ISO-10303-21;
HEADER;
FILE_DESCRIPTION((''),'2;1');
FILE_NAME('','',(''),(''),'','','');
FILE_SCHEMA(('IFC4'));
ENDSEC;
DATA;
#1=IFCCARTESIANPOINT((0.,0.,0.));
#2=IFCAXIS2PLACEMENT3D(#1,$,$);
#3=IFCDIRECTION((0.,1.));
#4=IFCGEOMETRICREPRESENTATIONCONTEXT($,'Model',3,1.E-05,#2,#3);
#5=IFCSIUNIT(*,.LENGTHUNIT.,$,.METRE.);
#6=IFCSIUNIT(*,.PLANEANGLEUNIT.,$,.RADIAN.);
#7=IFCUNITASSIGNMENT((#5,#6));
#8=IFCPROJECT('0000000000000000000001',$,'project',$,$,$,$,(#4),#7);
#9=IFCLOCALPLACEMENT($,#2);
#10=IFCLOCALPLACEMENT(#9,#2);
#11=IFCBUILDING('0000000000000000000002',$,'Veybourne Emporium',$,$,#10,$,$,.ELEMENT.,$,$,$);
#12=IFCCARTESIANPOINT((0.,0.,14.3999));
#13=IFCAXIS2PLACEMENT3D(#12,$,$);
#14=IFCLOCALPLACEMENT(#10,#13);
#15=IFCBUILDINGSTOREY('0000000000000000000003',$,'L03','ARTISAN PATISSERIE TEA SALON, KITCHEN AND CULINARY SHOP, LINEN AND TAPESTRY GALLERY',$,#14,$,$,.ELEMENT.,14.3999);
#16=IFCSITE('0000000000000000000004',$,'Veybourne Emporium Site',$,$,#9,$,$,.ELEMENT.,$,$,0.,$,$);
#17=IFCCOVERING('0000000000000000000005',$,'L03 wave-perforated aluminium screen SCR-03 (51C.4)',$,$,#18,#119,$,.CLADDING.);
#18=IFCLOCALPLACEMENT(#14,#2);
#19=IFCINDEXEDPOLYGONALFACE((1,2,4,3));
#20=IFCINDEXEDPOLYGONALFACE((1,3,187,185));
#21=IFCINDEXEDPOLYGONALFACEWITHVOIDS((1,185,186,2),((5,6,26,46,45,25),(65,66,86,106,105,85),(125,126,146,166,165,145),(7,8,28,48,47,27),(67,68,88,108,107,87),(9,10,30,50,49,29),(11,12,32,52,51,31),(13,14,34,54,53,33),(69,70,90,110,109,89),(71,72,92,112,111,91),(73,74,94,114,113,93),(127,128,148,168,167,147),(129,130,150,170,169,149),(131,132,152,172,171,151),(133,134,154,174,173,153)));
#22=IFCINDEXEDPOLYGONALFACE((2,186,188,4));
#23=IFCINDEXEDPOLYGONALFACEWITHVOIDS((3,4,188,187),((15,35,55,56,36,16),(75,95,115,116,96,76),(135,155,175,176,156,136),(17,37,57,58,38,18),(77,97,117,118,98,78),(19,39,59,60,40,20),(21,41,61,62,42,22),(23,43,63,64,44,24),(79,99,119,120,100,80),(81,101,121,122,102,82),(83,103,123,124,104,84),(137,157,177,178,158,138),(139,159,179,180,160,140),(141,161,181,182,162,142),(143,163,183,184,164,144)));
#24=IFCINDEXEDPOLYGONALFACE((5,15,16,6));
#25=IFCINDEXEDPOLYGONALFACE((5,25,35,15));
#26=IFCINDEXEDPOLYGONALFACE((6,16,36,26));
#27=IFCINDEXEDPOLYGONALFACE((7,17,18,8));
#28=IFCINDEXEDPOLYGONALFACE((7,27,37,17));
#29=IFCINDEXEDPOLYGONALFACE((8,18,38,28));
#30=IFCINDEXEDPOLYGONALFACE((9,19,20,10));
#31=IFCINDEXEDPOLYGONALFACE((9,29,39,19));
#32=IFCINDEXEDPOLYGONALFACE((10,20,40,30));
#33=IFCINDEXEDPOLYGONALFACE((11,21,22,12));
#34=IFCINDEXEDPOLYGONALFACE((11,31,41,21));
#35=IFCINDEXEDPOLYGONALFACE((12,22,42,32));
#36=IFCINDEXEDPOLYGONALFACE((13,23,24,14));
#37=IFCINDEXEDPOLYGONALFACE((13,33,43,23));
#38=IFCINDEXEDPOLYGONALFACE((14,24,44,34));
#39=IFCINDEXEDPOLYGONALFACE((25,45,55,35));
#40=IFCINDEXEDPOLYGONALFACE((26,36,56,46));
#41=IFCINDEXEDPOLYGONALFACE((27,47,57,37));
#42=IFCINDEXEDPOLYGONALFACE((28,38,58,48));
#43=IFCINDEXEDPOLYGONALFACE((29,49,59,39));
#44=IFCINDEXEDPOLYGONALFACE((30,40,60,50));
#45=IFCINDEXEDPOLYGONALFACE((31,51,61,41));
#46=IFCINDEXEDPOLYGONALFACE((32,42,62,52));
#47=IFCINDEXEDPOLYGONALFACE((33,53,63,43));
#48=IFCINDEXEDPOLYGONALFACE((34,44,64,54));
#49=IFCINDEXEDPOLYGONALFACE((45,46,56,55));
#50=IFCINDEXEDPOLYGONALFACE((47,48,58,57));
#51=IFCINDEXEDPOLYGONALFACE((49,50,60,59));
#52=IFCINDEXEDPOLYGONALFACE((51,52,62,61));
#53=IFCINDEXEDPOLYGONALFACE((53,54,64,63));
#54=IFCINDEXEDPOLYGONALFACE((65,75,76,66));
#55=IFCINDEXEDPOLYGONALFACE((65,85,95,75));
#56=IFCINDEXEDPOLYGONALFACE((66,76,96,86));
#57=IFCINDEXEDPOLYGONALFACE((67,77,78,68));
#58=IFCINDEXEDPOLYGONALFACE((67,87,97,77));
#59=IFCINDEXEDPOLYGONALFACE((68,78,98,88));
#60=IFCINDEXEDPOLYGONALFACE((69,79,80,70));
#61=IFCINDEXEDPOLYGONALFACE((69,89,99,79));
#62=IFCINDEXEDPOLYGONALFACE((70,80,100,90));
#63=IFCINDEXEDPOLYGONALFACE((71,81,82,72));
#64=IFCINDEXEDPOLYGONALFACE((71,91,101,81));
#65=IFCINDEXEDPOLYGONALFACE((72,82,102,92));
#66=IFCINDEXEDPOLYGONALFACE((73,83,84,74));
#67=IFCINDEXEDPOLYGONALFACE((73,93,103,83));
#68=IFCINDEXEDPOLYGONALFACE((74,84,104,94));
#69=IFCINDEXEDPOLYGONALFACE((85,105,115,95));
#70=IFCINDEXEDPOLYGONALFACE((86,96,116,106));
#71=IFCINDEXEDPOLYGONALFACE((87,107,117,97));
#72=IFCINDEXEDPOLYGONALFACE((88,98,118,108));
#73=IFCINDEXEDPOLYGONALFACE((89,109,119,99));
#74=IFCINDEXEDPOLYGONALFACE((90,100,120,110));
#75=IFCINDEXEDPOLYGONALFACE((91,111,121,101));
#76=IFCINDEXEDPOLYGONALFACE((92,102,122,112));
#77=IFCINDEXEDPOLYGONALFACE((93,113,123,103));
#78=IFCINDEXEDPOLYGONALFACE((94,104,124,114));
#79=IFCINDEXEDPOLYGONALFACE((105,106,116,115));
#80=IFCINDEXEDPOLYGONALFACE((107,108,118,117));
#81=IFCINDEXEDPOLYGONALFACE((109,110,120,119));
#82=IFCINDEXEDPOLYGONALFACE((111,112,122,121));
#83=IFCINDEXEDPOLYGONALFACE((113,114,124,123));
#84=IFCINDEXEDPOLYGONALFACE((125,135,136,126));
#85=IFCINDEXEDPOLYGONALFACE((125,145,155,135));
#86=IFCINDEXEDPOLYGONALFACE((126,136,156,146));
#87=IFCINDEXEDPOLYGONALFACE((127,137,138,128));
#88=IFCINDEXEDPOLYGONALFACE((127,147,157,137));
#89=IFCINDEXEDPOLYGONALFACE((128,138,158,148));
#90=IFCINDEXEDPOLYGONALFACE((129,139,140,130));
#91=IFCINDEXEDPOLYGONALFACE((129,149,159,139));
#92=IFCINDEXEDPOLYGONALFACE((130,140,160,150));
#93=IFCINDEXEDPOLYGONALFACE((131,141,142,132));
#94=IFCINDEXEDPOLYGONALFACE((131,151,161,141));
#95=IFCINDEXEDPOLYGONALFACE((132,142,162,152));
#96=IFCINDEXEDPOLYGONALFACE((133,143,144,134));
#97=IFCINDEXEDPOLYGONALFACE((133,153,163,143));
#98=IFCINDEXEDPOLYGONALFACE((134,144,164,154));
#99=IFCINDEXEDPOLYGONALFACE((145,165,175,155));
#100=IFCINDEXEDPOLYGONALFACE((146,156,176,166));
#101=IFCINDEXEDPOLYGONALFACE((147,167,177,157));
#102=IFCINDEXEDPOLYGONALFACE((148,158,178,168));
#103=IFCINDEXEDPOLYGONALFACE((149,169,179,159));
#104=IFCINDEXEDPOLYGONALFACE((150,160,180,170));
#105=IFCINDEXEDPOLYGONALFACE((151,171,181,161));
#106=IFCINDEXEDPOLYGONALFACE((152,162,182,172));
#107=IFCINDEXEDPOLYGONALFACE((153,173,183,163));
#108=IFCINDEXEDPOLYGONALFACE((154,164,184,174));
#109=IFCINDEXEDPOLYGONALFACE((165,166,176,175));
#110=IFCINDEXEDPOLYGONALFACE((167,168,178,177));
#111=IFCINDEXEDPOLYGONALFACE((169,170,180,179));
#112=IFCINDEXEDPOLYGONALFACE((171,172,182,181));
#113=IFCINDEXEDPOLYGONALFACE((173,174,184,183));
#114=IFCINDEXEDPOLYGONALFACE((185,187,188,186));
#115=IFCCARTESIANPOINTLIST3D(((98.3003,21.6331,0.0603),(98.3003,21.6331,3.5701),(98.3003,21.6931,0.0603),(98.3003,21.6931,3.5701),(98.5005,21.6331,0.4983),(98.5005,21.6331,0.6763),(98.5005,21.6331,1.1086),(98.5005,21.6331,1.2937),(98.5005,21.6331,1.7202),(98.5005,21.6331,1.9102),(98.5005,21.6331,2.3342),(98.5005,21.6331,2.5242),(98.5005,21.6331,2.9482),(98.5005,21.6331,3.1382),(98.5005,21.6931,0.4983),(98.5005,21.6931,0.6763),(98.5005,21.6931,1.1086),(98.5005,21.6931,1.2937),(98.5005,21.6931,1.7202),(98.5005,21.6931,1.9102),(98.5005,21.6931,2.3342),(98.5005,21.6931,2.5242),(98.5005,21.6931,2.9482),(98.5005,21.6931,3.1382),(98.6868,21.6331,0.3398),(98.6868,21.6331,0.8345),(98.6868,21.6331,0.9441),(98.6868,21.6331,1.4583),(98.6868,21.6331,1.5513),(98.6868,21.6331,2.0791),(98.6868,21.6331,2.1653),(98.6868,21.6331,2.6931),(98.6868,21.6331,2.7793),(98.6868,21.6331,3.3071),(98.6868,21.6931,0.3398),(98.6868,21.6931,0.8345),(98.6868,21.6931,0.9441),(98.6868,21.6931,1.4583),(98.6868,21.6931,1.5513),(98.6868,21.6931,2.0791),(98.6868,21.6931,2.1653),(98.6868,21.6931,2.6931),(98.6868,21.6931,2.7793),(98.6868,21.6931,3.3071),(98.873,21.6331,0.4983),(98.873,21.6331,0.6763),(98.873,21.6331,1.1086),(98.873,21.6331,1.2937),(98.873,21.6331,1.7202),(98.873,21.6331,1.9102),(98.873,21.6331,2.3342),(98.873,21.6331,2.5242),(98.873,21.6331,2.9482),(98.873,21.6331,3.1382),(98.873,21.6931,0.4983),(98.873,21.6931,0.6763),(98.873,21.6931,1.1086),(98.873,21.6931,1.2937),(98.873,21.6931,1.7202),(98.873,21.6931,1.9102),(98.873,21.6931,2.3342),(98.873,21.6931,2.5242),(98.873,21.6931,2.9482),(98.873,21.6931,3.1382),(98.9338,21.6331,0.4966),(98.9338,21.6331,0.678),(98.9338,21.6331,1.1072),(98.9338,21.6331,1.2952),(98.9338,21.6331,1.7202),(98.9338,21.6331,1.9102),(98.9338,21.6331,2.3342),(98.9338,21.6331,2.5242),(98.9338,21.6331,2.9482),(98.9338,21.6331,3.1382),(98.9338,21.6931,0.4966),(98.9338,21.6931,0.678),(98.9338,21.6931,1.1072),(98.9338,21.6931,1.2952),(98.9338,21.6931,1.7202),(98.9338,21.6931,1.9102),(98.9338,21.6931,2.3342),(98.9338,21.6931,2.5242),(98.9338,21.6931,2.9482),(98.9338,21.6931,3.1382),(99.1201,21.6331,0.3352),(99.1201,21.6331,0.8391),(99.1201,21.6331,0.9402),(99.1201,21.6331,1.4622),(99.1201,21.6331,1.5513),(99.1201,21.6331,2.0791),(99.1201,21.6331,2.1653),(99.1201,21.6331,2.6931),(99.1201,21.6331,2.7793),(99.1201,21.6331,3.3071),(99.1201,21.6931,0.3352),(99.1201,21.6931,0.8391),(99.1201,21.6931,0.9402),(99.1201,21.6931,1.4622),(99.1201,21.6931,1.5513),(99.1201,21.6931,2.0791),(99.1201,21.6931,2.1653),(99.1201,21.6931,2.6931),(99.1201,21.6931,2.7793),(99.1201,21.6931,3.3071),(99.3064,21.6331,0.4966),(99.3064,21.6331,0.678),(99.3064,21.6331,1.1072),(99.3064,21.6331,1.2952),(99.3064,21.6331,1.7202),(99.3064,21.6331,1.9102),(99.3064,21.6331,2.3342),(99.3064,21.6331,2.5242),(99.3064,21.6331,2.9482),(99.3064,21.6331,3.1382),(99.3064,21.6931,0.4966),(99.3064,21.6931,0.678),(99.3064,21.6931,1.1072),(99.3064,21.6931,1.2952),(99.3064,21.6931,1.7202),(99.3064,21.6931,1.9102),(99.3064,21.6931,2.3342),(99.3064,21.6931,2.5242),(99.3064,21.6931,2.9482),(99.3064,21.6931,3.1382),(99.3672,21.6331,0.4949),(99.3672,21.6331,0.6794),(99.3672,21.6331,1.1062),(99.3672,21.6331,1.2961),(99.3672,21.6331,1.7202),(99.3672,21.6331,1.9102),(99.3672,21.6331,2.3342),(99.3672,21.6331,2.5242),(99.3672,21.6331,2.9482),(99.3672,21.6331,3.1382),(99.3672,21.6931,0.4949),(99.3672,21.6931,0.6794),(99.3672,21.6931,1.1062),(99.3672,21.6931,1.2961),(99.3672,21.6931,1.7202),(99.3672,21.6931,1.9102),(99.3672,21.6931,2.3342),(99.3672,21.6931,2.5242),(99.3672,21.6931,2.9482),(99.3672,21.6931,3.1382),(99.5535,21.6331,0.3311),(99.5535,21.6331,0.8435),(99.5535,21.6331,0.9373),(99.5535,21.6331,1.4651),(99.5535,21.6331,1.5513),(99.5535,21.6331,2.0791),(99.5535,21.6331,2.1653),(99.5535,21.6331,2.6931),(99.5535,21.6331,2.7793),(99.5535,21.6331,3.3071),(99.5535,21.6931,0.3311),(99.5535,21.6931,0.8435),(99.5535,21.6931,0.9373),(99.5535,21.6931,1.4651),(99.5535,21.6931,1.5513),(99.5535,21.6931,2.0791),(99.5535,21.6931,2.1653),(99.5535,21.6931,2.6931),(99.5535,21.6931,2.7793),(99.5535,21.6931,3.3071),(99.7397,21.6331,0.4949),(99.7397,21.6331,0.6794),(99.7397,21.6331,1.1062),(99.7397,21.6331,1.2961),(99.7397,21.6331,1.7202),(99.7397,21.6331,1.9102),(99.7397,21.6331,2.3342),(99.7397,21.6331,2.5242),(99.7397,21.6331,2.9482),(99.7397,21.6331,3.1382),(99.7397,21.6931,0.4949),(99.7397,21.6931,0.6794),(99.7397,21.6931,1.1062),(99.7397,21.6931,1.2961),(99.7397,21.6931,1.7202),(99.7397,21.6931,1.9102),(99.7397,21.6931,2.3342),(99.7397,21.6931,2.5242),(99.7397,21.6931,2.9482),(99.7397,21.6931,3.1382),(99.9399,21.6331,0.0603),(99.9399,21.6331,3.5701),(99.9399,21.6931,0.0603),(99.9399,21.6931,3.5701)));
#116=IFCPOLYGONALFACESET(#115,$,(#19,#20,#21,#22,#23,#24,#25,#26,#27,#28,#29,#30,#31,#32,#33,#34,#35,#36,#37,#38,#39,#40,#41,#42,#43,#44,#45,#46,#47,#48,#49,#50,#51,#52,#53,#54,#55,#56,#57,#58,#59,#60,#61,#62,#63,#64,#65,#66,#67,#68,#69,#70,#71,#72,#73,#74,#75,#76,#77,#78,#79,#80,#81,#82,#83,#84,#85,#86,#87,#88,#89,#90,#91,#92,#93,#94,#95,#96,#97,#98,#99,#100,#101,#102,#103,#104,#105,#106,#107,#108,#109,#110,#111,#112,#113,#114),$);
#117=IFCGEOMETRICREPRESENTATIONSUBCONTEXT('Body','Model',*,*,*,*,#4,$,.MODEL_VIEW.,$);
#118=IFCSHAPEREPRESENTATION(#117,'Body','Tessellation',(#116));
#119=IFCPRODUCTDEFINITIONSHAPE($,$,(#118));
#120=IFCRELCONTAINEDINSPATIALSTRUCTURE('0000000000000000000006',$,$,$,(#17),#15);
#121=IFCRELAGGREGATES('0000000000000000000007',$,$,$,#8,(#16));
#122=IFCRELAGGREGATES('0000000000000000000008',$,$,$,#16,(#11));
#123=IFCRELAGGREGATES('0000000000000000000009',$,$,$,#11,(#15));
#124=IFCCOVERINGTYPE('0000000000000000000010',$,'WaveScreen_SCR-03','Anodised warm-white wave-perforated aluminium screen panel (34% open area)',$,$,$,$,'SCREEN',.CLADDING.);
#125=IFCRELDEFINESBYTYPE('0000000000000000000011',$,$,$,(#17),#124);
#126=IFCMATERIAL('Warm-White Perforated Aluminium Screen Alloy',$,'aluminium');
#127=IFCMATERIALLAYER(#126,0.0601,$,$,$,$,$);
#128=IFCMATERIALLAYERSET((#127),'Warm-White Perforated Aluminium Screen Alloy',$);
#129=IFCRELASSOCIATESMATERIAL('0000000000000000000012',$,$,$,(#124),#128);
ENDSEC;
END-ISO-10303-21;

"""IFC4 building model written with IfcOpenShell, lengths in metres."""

from ifc_helpers import new_model, si_unit, direction, frame, origin, place, context, subcontext, project, spatial, polyline, outline, extrude, material, layer, layer_set, type_object, element, save


model = new_model("IFC4")

# Units and contexts
model_context = context("Model", 3, precision=1e-05, world=origin(), true_north=direction((0.0, 1.0)))
body_context = subcontext(model_context, "Body", "Model", "MODEL_VIEW")
ifc_project = project(units=[si_unit("LENGTHUNIT", "METRE"), si_unit("PLANEANGLEUNIT", "RADIAN")], contexts=[model_context])

# Site, building, storey
site_placement = place(None, origin())
site = spatial("IfcSite", under=ifc_project, at=site_placement, Name="Veybourne Emporium Site", CompositionType="ELEMENT", RefElevation=0.0)
building_placement = place(site_placement, origin())
building = spatial("IfcBuilding", under=site, at=building_placement, Name="Veybourne Emporium", CompositionType="ELEMENT")
storey_placement = place(building_placement, frame((0.0, 0.0, 14.3999)))
storey = spatial("IfcBuildingStorey", under=building, at=storey_placement, Name="L03", Description="ARTISAN PATISSERIE TEA SALON, KITCHEN AND CULINARY SHOP, LINEN AND TAPESTRY GALLERY", CompositionType="ELEMENT", Elevation=14.3999)

# Covering
ifc_material_1 = material(Name="Warm-White Perforated Aluminium Screen Alloy", Category="aluminium")
ifc_layer_1 = layer(ifc_material_1, 0.0601)
ifc_layer_set_1 = layer_set([ifc_layer_1], Name="Warm-White Perforated Aluminium Screen Alloy")
covering_type_1 = type_object("IfcCoveringType", Name="WaveScreen_SCR-03", Description="Anodised warm-white wave-perforated aluminium screen panel (34% open area)", ElementType="SCREEN", PredefinedType="CLADDING", material=ifc_layer_set_1)
covering_1_placement = place(storey_placement, frame((99.1201, 21.6931, 1.8152), z_axis=(0.0, -1.0, 0.0), x_axis=(1.0, 0.0, 0.0)))
element("IfcCovering", 1, at=covering_1_placement, inside=storey, type_object=covering_type_1, Name="L03 wave-perforated aluminium screen SCR-03 (51C.4)", PredefinedType="CLADDING", context=body_context, shape_type="SweptSolid", body=[
    extrude(outline(polyline([(-0.8198, -1.7549), (0.8198, -1.7549), (0.8198, 1.7549), (-0.8198, 1.7549), (-0.8198, -1.7549)]), holes=[polyline([(-0.4333, -0.9807), (-0.2471, -1.1389), (-0.2471, -1.3169), (-0.4333, -1.4753), (-0.6196, -1.3169), (-0.6196, -1.1389), (-0.4333, -0.9807)]), polyline([(-0.4333, -0.3569), (-0.2471, -0.5215), (-0.2471, -0.7065), (-0.4333, -0.8711), (-0.6196, -0.7065), (-0.6196, -0.5215), (-0.4333, -0.3569)]), polyline([(-0.4333, 0.2639), (-0.2471, 0.095), (-0.2471, -0.095), (-0.4333, -0.2639), (-0.6196, -0.095), (-0.6196, 0.095), (-0.4333, 0.2639)]), polyline([(-0.4333, 0.8779), (-0.2471, 0.709), (-0.2471, 0.519), (-0.4333, 0.3501), (-0.6196, 0.519), (-0.6196, 0.709), (-0.4333, 0.8779)]), polyline([(-0.4333, 1.4919), (-0.2471, 1.323), (-0.2471, 1.1331), (-0.4333, 0.9641), (-0.6196, 1.1331), (-0.6196, 1.323), (-0.4333, 1.4919)]), polyline([(0.0, -0.9761), (0.1863, -1.1372), (0.1863, -1.3186), (0.0, -1.48), (-0.1863, -1.3186), (-0.1863, -1.1372), (0.0, -0.9761)]), polyline([(0.0, -0.353), (0.1863, -0.52), (0.1863, -0.708), (0.0, -0.875), (-0.1863, -0.708), (-0.1863, -0.52), (0.0, -0.353)]), polyline([(0.0, 0.2639), (0.1863, 0.095), (0.1863, -0.095), (0.0, -0.2639), (-0.1863, -0.095), (-0.1863, 0.095), (0.0, 0.2639)]), polyline([(0.0, 0.8779), (0.1863, 0.709), (0.1863, 0.519), (0.0, 0.3501), (-0.1863, 0.519), (-0.1863, 0.709), (0.0, 0.8779)]), polyline([(0.0, 1.4919), (0.1863, 1.323), (0.1863, 1.1331), (0.0, 0.9641), (-0.1863, 1.1331), (-0.1863, 1.323), (0.0, 1.4919)]), polyline([(0.4333, -0.9717), (0.6196, -1.1357), (0.6196, -1.3203), (0.4333, -1.4841), (0.2471, -1.3203), (0.2471, -1.1357), (0.4333, -0.9717)]), polyline([(0.4333, -0.3501), (0.6196, -0.519), (0.6196, -0.709), (0.4333, -0.8779), (0.2471, -0.709), (0.2471, -0.519), (0.4333, -0.3501)]), polyline([(0.4333, 0.2639), (0.6196, 0.095), (0.6196, -0.095), (0.4333, -0.2639), (0.2471, -0.095), (0.2471, 0.095), (0.4333, 0.2639)]), polyline([(0.4333, 0.8779), (0.6196, 0.709), (0.6196, 0.519), (0.4333, 0.3501), (0.2471, 0.519), (0.2471, 0.709), (0.4333, 0.8779)]), polyline([(0.4333, 1.4919), (0.6196, 1.323), (0.6196, 1.1331), (0.4333, 0.9641), (0.2471, 1.1331), (0.2471, 1.323), (0.4333, 1.4919)])]), origin(), (0.0, 0.0, 1.0), 0.0601),
])

save(model, "model.ifc")
